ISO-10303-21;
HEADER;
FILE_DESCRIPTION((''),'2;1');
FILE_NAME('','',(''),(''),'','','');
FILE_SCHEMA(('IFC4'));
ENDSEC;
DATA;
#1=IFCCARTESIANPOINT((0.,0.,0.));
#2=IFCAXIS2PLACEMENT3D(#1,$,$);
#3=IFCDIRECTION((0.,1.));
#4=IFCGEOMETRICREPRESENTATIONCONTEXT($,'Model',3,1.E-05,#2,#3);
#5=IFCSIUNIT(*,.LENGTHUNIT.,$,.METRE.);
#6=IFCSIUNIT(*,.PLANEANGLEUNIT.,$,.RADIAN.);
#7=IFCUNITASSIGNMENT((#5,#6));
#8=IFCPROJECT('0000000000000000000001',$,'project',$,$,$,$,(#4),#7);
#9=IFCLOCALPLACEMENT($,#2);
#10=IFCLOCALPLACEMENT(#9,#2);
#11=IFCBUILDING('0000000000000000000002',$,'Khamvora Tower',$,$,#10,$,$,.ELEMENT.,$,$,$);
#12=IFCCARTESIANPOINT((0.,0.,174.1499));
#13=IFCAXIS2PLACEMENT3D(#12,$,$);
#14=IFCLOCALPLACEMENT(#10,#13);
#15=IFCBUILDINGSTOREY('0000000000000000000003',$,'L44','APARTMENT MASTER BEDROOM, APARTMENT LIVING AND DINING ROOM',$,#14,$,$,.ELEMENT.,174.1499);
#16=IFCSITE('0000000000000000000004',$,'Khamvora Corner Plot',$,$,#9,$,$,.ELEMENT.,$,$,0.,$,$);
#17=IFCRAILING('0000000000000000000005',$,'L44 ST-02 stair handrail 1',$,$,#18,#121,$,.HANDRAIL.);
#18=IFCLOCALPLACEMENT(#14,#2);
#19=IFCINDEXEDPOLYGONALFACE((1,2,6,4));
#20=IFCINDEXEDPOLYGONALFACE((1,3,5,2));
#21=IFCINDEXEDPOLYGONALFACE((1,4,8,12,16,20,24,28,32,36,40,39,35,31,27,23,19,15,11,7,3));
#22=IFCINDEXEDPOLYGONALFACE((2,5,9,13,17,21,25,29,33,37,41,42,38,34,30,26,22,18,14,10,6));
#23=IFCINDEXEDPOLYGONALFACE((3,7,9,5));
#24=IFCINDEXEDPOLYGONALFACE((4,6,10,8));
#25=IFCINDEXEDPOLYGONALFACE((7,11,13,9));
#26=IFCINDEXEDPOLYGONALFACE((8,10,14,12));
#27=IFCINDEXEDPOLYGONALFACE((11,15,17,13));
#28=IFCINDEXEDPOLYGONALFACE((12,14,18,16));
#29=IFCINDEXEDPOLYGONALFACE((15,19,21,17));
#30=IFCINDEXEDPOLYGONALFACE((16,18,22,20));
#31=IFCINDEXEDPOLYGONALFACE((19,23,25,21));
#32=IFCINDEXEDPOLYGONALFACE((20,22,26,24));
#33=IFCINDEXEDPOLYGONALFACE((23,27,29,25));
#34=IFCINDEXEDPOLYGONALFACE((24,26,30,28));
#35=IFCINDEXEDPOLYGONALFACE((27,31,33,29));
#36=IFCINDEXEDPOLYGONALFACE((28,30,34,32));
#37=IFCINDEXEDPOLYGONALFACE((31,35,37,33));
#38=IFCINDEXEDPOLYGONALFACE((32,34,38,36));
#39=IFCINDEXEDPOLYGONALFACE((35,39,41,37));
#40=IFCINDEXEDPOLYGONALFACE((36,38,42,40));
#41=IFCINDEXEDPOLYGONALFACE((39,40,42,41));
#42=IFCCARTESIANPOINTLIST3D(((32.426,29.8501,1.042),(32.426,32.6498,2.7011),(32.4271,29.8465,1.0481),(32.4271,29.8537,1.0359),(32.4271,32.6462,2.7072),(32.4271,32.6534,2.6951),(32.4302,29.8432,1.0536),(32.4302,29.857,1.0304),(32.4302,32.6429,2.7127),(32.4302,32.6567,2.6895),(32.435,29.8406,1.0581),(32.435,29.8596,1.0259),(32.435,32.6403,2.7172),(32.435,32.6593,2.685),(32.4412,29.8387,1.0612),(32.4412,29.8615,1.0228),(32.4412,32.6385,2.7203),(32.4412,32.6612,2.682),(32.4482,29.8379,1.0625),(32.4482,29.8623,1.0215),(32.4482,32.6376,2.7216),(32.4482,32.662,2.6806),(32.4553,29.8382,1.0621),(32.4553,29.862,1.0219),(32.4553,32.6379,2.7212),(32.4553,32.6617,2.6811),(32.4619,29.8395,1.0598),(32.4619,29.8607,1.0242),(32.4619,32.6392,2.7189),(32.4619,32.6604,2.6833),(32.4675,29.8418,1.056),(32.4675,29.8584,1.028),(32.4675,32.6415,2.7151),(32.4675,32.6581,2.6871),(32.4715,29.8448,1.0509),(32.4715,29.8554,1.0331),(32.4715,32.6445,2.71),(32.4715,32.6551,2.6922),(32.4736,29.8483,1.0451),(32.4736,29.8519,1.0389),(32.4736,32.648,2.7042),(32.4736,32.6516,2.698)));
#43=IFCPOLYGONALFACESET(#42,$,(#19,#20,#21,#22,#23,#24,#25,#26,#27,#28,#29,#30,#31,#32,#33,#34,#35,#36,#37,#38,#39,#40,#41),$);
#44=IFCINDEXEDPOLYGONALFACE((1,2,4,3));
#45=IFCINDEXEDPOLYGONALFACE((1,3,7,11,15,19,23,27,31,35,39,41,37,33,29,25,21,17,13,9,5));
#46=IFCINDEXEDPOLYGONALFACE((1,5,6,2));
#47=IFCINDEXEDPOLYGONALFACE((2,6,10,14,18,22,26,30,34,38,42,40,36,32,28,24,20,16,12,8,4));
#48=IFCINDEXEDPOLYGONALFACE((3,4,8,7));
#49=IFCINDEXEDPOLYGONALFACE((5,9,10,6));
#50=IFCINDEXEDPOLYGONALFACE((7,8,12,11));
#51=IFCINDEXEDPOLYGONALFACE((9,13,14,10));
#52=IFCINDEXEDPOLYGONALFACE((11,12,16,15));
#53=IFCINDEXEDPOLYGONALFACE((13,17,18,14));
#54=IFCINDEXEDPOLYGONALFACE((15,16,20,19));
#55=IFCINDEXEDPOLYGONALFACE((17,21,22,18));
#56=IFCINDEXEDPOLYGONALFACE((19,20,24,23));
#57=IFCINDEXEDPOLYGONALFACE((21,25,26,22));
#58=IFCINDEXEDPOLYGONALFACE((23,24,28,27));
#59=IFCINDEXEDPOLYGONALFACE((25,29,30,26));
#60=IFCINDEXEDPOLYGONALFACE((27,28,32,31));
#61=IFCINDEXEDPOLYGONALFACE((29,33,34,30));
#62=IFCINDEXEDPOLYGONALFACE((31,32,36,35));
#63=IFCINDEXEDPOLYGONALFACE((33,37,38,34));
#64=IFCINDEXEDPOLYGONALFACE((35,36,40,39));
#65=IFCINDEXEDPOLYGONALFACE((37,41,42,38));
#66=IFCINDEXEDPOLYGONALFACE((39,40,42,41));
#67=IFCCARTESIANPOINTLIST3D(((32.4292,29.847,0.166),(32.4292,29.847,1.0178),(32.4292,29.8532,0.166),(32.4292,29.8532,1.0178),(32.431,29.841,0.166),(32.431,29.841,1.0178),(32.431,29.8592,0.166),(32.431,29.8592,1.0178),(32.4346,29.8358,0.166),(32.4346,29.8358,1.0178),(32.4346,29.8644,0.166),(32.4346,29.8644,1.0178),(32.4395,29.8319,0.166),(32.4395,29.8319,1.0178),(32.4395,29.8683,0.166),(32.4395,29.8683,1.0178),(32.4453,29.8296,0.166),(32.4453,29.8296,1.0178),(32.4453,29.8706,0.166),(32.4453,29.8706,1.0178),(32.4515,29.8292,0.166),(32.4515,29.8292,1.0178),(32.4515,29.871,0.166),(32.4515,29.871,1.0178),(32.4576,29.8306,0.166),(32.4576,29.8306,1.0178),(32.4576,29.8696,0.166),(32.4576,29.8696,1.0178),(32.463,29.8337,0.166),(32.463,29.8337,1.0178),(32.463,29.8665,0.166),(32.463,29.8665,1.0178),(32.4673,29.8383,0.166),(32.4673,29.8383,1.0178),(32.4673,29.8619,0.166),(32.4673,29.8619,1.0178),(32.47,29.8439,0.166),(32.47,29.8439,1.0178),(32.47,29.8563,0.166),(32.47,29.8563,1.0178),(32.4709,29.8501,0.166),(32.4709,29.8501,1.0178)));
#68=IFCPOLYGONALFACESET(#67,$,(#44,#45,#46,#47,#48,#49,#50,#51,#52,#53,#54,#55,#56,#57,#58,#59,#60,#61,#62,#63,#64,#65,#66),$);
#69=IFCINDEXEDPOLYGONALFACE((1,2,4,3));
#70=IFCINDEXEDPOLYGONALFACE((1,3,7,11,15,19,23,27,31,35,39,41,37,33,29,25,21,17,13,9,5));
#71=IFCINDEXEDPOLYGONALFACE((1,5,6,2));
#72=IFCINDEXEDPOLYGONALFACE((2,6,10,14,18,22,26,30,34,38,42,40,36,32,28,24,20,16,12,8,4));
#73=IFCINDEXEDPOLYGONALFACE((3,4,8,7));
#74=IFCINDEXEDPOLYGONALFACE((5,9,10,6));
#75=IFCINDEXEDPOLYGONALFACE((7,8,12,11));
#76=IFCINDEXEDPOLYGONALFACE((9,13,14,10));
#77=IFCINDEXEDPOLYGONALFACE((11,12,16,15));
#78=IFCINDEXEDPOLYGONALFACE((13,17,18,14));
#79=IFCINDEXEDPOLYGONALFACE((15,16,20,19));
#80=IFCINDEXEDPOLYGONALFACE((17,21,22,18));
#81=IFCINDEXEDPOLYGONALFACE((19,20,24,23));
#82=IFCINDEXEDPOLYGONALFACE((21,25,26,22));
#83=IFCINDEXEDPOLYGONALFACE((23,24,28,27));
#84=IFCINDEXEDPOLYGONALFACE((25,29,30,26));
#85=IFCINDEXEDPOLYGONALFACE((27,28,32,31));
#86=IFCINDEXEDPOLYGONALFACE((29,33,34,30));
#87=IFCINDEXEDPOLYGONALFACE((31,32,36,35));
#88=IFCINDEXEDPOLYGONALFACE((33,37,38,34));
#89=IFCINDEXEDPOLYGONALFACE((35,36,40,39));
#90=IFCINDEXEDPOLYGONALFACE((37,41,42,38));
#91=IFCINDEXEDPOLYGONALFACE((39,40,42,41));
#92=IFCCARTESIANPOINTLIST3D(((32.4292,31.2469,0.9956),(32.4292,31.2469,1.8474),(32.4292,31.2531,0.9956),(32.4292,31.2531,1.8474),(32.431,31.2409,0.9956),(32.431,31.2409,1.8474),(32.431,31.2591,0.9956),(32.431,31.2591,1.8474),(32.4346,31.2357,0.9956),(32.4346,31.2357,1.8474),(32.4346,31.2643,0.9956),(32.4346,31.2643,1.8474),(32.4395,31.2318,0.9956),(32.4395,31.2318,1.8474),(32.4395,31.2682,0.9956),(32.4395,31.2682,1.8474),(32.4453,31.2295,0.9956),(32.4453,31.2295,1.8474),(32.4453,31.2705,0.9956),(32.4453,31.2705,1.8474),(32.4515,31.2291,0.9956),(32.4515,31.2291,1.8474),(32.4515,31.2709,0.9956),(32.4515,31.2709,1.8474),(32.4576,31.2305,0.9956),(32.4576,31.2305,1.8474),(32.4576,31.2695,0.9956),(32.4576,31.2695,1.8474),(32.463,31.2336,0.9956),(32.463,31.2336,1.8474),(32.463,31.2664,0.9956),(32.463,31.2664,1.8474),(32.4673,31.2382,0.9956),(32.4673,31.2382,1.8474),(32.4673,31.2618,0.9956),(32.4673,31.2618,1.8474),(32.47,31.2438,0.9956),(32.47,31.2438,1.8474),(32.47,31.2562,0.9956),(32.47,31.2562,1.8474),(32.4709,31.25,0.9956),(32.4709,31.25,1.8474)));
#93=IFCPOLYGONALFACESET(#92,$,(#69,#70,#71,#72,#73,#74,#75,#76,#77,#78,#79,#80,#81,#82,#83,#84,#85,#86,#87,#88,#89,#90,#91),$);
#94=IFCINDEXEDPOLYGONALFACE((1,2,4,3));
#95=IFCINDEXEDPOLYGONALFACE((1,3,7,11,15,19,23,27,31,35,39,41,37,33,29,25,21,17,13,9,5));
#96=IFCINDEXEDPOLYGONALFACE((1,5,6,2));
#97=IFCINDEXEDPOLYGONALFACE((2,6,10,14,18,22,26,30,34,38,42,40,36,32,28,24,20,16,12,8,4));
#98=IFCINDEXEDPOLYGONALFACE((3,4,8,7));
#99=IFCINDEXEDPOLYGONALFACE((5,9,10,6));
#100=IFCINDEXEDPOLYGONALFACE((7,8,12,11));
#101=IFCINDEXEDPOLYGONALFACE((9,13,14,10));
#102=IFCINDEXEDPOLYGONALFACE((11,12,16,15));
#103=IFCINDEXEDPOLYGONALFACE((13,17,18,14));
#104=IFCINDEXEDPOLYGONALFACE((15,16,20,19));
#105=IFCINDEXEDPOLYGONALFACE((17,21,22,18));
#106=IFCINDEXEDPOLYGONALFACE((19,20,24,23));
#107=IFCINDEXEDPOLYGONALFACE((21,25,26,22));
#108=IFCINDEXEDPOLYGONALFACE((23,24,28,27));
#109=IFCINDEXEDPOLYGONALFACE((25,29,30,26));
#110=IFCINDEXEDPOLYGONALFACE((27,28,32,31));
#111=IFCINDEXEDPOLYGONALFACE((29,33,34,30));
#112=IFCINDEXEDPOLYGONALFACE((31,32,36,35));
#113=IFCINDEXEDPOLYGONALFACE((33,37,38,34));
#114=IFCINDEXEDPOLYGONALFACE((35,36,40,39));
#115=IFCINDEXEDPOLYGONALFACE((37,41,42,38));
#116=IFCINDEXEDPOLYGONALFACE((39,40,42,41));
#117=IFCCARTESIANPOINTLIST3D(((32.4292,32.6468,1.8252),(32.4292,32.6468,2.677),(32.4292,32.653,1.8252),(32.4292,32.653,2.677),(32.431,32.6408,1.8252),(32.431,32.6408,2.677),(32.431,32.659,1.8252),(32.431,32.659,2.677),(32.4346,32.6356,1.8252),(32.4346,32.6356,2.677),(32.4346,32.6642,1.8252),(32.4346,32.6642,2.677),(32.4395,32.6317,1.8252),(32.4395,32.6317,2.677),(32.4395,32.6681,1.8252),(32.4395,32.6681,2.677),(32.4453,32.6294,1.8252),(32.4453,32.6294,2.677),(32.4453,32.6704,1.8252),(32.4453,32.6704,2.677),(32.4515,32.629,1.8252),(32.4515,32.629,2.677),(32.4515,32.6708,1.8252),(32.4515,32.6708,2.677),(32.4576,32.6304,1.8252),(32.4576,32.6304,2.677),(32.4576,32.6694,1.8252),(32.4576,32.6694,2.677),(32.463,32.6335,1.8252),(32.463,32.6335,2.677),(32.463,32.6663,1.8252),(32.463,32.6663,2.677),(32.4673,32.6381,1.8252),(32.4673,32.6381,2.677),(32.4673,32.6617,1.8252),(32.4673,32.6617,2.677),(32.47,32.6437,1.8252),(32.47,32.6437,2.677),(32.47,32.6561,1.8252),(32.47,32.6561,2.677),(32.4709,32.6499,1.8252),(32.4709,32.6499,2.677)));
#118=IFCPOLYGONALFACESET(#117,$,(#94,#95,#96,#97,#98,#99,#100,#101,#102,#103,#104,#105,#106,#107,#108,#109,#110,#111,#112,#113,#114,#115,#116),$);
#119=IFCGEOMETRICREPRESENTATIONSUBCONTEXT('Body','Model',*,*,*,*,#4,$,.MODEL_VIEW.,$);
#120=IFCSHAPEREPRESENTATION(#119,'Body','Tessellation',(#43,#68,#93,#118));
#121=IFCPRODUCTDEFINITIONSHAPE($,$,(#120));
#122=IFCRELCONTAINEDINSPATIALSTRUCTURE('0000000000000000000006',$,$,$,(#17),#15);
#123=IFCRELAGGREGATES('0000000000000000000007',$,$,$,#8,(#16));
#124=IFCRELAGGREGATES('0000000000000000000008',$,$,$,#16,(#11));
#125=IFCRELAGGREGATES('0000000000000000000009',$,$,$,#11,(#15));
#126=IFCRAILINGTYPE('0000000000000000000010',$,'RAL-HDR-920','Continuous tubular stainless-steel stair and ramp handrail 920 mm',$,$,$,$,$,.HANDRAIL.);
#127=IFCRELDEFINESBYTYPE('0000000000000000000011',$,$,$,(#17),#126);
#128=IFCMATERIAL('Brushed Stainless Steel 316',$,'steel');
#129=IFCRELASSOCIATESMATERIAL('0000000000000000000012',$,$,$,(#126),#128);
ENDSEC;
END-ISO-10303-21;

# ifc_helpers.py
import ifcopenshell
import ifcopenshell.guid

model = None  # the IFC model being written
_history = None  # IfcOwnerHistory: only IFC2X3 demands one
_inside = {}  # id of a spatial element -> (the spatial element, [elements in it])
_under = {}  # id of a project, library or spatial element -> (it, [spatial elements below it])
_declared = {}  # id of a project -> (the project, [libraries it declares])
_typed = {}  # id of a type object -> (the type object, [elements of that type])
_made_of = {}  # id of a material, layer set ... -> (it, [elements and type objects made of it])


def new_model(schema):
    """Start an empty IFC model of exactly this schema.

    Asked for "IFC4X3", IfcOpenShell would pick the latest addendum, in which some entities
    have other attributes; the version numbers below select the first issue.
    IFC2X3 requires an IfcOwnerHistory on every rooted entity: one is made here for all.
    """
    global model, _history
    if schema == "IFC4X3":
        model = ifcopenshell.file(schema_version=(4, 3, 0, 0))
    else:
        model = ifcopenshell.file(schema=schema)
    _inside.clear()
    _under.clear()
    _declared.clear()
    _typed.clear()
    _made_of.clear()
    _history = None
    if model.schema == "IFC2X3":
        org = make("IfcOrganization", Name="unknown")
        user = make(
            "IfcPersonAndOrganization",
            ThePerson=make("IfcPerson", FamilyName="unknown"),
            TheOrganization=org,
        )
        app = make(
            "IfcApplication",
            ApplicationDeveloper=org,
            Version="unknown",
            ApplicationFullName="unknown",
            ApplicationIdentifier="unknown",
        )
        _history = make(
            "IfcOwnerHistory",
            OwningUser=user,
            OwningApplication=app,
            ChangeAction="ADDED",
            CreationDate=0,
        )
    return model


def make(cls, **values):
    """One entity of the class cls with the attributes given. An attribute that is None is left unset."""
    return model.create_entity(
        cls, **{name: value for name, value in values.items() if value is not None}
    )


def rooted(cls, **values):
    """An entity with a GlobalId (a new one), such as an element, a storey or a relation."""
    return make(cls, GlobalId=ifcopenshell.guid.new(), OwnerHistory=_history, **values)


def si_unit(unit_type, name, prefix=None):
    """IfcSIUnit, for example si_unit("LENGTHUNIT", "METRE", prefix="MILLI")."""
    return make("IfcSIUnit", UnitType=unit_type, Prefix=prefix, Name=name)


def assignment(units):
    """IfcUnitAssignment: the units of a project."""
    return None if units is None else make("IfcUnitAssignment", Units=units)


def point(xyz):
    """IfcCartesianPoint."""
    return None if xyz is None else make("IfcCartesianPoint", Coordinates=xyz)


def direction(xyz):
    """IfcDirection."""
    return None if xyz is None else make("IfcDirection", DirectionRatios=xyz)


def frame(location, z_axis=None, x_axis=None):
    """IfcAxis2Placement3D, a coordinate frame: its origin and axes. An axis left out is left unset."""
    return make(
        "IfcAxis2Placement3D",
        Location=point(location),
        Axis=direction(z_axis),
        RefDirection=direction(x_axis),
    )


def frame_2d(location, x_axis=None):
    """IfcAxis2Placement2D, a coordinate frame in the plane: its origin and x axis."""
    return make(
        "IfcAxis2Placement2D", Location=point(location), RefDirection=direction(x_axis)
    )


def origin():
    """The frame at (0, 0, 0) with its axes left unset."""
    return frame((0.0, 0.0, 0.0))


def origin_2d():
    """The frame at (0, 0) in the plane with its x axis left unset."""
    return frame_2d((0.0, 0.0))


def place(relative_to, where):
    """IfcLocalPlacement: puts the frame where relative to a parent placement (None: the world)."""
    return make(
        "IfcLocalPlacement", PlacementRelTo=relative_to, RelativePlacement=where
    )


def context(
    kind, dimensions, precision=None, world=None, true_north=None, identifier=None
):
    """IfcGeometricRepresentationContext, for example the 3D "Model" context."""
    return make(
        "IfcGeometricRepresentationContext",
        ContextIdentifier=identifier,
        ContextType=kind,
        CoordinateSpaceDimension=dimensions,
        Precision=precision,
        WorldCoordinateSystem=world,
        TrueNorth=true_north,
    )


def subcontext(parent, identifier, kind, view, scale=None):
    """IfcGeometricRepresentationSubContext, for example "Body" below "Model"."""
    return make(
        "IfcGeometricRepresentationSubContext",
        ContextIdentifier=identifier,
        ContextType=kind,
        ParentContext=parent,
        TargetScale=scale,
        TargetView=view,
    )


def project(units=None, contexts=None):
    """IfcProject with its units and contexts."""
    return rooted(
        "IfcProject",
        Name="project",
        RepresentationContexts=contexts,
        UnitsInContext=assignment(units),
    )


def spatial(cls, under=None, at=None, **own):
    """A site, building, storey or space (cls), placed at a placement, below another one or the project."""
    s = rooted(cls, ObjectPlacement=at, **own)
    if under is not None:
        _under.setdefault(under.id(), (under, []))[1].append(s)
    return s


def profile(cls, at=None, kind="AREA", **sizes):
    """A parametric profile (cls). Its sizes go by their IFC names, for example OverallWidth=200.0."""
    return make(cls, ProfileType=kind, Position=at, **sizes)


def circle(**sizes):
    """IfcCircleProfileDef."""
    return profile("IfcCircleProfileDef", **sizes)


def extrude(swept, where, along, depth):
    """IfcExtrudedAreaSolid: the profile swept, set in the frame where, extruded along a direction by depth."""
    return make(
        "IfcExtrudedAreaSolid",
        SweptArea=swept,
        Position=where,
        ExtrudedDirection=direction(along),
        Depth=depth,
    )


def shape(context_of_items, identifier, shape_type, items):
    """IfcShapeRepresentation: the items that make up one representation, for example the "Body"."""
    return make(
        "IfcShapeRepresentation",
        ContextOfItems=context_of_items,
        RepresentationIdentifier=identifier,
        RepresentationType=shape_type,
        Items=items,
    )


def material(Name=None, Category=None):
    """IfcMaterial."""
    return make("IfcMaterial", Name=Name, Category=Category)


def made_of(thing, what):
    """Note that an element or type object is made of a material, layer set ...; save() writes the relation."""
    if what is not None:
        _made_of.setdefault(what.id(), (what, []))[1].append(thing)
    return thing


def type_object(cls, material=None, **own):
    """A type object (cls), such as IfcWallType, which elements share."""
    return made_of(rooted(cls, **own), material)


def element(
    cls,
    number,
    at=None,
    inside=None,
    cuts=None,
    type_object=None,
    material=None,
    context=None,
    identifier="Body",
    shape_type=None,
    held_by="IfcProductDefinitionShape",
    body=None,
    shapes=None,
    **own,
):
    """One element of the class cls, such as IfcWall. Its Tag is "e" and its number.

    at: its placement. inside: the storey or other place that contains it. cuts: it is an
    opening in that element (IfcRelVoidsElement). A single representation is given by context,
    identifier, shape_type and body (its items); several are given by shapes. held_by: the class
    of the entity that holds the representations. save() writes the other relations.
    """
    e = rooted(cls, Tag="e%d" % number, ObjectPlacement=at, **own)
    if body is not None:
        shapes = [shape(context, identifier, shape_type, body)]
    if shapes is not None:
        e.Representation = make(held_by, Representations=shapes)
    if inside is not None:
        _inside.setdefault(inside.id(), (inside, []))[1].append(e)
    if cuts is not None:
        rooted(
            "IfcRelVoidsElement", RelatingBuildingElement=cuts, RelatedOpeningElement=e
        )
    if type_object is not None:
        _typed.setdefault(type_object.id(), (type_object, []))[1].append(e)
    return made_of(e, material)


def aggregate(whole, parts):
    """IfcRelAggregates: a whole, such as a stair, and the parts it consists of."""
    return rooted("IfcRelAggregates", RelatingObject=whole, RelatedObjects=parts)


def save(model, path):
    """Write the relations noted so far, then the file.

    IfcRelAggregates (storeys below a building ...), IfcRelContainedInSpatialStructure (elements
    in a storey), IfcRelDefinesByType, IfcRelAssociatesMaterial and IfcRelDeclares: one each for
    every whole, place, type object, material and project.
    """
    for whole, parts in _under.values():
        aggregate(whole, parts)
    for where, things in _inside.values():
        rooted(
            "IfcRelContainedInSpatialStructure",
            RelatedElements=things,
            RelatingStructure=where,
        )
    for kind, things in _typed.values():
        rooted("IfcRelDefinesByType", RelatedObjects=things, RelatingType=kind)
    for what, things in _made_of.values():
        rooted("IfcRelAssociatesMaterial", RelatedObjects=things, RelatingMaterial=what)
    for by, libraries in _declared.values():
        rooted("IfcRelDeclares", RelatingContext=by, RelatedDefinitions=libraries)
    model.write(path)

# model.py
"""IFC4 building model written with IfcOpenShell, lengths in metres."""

from ifc_helpers import new_model, si_unit, direction, frame, origin, origin_2d, place, context, subcontext, project, spatial, circle, extrude, material, type_object, element, save


model = new_model("IFC4")

# Units and contexts
model_context = context("Model", 3, precision=1e-05, world=origin(), true_north=direction((0.0, 1.0)))
body_context = subcontext(model_context, "Body", "Model", "MODEL_VIEW")
ifc_project = project(units=[si_unit("LENGTHUNIT", "METRE"), si_unit("PLANEANGLEUNIT", "RADIAN")], contexts=[model_context])

# Site, building, storey
site_placement = place(None, origin())
site = spatial("IfcSite", under=ifc_project, at=site_placement, Name="Khamvora Corner Plot", CompositionType="ELEMENT", RefElevation=0.0)
building_placement = place(site_placement, origin())
building = spatial("IfcBuilding", under=site, at=building_placement, Name="Khamvora Tower", CompositionType="ELEMENT")
storey_placement = place(building_placement, frame((0.0, 0.0, 174.1499)))
storey = spatial("IfcBuildingStorey", under=building, at=storey_placement, Name="L44", Description="APARTMENT MASTER BEDROOM, APARTMENT LIVING AND DINING ROOM", CompositionType="ELEMENT", Elevation=174.1499)

# Railing
ifc_material_1 = material(Name="Brushed Stainless Steel 316", Category="steel")
railing_type_1 = type_object("IfcRailingType", Name="RAL-HDR-920", Description="Continuous tubular stainless-steel stair and ramp handrail 920 mm", PredefinedType="HANDRAIL", material=ifc_material_1)
railing_1_placement = place(storey_placement, frame((32.45, 29.8501, 0.166)))
element("IfcRailing", 1, at=railing_1_placement, inside=storey, type_object=railing_type_1, Name="L44 ST-02 stair handrail 1", PredefinedType="HANDRAIL", context=body_context, shape_type="SweptSolid", body=[
    extrude(circle(Radius=0.0239, at=origin_2d()), frame((0.0, 0.0, 0.876), z_axis=(0.0, 0.860287, 0.509811), x_axis=(-1.0, 0.0, 0.0)), (0.0, 0.0, 1.0), 3.2544),
    extrude(circle(Radius=0.021, at=origin_2d()), origin(), (0.0, 0.0, 1.0), 0.8518),
    extrude(circle(Radius=0.021, at=origin_2d()), frame((0.0, 1.3999, 0.8296)), (0.0, 0.0, 1.0), 0.8518),
    extrude(circle(Radius=0.021, at=origin_2d()), frame((0.0, 2.7998, 1.6592)), (0.0, 0.0, 1.0), 0.8518),
])

save(model, "model.ifc")
